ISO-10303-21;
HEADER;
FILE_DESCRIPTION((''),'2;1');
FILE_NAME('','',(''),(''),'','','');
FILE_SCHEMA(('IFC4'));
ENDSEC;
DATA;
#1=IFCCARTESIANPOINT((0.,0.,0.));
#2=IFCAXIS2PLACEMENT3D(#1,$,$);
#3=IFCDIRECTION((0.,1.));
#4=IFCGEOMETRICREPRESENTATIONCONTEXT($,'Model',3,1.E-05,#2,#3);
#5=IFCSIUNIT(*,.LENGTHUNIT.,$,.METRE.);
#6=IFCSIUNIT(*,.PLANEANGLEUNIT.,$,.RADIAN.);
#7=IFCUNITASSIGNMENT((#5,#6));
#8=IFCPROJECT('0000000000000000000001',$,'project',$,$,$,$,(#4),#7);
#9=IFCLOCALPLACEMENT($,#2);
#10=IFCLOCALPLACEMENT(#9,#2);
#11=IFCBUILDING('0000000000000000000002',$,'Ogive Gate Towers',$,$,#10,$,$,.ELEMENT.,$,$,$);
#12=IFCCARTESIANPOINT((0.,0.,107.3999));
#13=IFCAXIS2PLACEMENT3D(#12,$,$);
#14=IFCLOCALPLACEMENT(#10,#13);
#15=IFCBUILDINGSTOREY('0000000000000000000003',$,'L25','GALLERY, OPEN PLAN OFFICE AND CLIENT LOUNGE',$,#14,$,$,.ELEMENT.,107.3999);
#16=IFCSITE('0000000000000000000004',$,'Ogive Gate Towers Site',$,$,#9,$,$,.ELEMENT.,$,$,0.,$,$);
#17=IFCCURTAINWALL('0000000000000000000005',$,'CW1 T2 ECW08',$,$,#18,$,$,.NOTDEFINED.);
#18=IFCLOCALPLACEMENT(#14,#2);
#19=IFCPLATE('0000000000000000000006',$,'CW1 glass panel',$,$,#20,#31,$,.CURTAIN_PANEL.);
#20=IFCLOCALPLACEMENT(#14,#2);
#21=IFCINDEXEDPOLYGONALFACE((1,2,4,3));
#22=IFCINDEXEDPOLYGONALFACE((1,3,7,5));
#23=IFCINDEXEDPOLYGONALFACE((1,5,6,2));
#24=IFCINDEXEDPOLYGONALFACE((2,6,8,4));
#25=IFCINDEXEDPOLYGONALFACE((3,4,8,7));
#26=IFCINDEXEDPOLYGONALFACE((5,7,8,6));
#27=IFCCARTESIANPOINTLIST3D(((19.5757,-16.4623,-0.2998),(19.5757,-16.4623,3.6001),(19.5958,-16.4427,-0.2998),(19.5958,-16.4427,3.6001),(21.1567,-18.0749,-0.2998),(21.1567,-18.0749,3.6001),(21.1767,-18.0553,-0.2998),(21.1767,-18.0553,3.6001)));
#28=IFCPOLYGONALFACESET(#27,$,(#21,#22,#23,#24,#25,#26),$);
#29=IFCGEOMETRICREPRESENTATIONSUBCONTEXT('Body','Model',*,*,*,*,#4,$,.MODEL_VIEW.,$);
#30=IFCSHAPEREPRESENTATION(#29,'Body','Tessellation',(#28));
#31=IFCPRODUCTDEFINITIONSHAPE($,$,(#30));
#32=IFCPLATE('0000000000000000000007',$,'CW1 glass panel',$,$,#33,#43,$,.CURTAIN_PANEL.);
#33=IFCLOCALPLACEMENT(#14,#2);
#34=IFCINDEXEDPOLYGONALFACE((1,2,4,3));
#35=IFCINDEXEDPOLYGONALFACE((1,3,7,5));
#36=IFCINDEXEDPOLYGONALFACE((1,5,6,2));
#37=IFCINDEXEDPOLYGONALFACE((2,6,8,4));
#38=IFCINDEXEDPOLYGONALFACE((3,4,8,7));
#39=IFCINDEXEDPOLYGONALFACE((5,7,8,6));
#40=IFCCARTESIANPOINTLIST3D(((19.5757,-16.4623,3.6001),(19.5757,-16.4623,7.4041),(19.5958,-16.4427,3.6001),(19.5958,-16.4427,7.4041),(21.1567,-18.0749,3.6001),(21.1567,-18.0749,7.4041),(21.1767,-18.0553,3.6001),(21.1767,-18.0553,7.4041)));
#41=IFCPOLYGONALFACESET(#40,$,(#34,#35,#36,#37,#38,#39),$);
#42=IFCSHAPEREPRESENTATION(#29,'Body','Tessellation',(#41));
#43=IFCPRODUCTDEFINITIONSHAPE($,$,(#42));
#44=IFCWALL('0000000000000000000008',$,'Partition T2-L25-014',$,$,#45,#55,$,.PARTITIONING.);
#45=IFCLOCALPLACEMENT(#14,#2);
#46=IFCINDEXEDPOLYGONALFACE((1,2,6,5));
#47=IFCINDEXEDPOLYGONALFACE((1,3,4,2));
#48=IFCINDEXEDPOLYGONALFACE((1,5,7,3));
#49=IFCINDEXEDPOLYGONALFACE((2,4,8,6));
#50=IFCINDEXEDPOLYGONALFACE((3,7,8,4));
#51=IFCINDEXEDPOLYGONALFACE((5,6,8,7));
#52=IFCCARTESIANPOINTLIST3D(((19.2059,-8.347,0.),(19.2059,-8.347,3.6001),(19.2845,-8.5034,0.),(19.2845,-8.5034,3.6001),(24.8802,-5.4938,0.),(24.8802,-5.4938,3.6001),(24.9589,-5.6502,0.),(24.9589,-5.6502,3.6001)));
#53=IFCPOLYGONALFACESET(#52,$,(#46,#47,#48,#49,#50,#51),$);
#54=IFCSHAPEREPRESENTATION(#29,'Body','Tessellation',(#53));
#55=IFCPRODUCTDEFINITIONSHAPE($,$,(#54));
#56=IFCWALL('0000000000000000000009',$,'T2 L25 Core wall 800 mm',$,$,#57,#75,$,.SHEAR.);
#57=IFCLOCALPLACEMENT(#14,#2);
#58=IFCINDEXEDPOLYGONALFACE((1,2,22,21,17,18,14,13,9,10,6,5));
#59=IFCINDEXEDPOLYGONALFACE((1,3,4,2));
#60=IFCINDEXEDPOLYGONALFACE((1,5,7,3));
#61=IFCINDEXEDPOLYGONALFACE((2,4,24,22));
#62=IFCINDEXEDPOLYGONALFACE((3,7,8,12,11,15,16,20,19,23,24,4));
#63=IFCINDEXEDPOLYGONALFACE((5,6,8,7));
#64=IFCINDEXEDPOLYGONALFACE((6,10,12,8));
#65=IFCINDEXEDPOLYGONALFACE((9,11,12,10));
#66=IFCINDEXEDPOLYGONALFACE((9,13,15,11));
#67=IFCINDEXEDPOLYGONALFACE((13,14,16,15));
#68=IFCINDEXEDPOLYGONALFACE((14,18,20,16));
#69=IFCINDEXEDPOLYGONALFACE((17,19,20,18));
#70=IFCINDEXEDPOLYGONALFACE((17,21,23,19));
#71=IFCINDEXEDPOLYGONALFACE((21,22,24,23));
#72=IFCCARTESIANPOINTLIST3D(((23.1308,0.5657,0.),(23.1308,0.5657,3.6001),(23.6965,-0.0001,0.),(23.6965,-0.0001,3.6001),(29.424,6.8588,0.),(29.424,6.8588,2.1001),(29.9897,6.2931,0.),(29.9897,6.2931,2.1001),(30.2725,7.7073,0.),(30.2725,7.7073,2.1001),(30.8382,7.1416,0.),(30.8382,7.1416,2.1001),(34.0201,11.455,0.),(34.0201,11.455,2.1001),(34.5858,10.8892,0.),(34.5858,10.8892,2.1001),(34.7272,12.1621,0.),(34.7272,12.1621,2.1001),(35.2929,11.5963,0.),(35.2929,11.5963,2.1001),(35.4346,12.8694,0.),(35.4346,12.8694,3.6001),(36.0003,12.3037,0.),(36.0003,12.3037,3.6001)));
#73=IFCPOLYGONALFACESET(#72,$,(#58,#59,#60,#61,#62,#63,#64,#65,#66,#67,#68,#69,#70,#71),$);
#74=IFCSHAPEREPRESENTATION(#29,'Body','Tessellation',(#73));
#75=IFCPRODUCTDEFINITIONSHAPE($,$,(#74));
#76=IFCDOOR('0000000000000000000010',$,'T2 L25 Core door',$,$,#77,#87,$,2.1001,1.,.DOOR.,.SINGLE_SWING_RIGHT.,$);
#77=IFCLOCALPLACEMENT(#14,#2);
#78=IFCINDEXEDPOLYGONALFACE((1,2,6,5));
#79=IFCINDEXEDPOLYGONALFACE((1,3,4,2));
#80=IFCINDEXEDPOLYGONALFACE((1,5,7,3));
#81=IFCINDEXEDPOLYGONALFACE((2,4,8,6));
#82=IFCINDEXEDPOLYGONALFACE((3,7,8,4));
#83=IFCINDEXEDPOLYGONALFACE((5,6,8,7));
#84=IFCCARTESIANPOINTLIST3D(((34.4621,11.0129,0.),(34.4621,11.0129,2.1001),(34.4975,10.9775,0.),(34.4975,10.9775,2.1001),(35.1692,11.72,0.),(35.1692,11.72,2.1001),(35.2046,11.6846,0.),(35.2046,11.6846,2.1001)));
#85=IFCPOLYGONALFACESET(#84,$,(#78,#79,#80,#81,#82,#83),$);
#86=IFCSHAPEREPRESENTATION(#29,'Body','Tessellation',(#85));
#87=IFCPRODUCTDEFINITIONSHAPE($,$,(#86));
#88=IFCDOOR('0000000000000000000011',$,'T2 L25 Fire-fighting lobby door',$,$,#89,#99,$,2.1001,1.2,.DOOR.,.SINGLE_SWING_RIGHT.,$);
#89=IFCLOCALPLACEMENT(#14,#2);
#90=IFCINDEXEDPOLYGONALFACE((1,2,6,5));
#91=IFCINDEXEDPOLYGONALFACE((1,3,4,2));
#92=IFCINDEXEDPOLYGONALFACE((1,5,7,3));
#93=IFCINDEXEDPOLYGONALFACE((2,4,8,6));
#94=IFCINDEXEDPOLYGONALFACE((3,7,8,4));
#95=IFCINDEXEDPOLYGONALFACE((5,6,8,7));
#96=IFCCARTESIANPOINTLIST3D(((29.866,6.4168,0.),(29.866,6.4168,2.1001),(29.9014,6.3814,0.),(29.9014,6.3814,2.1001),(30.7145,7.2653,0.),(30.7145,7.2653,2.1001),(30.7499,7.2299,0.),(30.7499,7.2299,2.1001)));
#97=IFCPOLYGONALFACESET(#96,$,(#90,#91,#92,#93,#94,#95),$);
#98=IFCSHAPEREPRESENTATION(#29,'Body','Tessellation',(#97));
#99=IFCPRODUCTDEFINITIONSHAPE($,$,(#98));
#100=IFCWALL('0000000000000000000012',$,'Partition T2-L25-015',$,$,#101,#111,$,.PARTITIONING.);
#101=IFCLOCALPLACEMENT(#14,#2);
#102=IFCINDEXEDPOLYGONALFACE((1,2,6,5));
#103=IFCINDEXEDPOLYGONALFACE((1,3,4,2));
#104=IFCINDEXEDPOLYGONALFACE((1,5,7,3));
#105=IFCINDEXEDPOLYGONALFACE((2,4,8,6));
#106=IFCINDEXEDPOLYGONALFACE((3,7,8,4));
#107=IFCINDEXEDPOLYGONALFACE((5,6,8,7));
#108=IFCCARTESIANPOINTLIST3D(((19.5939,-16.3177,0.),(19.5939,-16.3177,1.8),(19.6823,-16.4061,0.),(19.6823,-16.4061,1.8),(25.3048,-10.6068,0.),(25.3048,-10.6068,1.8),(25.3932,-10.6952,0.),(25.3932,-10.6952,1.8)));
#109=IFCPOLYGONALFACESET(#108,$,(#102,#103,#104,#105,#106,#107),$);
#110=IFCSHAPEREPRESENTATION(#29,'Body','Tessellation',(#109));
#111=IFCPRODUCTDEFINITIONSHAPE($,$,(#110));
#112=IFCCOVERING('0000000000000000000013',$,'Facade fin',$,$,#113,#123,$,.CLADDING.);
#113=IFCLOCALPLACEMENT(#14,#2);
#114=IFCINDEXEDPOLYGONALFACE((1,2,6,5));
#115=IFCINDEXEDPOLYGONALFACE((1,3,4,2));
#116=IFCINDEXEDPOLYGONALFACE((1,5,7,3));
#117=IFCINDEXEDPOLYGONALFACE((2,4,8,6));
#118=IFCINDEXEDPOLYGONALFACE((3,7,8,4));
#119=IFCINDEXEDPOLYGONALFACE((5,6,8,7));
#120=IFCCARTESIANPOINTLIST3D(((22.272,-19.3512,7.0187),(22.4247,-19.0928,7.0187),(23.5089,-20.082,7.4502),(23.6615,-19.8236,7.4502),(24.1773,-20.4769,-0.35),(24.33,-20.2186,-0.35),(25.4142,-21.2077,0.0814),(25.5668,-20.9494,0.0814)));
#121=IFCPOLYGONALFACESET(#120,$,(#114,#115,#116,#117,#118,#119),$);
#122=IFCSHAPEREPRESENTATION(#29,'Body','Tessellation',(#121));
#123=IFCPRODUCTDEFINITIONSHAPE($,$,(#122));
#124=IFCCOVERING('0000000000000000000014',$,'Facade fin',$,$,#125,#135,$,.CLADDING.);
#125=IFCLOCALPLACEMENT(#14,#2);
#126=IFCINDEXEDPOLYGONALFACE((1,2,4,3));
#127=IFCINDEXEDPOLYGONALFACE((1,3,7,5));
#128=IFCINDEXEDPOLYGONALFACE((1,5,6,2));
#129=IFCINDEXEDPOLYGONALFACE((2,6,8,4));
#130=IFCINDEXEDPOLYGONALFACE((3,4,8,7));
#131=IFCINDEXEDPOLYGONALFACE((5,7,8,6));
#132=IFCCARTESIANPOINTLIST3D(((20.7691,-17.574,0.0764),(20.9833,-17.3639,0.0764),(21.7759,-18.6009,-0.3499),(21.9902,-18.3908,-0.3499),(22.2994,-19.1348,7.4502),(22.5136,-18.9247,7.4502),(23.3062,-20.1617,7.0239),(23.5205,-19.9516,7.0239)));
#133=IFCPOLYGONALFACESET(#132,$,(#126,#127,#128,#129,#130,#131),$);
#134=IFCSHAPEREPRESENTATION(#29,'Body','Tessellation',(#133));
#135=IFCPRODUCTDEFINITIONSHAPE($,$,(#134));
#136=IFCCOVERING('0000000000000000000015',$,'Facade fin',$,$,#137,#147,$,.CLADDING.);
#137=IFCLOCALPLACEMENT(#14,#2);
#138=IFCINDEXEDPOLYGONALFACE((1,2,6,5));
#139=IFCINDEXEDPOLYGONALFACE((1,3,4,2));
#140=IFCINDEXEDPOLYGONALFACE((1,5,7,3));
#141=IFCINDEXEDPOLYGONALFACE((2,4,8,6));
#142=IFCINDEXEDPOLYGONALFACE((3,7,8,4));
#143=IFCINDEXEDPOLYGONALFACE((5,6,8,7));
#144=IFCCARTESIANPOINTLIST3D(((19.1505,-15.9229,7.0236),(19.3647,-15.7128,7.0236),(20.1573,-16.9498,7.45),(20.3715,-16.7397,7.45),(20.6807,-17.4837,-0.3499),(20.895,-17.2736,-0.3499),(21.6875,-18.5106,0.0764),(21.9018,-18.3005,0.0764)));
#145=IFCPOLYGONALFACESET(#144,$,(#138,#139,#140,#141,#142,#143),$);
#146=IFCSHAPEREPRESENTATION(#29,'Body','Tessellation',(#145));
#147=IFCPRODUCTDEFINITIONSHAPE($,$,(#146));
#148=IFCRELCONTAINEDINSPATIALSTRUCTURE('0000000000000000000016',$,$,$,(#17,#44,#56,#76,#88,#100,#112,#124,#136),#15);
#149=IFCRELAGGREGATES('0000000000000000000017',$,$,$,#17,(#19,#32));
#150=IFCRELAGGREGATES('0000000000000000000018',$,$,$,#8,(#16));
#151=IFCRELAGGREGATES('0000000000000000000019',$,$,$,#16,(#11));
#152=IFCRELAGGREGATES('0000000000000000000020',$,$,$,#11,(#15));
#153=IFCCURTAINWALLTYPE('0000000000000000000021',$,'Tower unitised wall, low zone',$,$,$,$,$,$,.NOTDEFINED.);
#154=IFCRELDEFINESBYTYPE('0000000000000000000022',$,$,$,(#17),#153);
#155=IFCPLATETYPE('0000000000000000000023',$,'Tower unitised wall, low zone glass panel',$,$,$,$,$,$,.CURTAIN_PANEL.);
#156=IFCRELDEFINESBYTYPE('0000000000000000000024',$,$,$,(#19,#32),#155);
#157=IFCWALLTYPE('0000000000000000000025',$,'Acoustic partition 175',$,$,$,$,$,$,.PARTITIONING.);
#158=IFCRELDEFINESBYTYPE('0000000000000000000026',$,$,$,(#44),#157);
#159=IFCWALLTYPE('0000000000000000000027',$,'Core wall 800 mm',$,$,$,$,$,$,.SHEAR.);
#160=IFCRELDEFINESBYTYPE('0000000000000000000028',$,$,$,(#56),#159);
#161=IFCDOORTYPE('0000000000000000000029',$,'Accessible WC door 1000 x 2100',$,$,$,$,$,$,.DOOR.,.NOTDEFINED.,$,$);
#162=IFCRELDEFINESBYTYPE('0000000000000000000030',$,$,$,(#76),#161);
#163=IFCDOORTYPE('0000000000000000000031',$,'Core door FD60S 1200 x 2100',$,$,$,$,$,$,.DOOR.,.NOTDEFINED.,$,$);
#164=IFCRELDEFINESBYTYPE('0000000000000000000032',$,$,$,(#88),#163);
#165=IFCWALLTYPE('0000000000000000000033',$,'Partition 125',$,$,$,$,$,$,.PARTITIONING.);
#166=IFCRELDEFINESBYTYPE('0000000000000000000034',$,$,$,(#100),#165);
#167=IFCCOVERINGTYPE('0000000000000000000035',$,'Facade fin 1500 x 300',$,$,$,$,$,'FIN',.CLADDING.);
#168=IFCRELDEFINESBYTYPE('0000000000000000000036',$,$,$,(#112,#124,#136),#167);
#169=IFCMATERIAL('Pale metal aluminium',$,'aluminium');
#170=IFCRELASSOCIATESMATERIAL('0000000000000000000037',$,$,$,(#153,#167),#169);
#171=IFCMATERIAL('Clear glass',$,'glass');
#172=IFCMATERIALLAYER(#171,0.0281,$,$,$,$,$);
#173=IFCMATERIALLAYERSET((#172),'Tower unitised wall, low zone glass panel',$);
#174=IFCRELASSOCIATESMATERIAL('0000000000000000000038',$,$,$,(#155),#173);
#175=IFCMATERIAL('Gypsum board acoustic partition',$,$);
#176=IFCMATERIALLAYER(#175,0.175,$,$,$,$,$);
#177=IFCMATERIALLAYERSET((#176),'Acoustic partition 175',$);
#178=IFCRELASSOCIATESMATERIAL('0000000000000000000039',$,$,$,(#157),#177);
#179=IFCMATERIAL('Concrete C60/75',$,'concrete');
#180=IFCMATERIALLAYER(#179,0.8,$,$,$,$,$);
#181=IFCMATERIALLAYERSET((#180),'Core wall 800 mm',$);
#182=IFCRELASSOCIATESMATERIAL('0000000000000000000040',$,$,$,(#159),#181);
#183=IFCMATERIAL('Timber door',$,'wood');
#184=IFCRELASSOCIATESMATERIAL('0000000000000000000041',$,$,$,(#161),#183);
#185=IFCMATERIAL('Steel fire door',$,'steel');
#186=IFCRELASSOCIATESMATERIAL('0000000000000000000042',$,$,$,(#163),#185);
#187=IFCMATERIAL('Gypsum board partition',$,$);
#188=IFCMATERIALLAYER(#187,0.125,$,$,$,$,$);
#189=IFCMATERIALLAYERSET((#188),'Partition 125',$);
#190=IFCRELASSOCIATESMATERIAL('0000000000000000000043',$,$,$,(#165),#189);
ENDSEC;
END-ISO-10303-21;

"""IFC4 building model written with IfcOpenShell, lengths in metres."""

from ifc_helpers import new_model, si_unit, direction, frame, frame_2d, origin, origin_2d, place, context, subcontext, project, spatial, rectangle, extrude, material, layer, layer_set, material_profile, profile_set, type_object, element, fill, aggregate, save


model = new_model("IFC4")

# Units and contexts
model_context = context("Model", 3, precision=1e-05, world=origin(), true_north=direction((0.0, 1.0)))
body_context = subcontext(model_context, "Body", "Model", "MODEL_VIEW")
ifc_project = project(units=[si_unit("LENGTHUNIT", "METRE"), si_unit("PLANEANGLEUNIT", "RADIAN")], contexts=[model_context])

# Site, building, storey
site_placement = place(None, origin())
site = spatial("IfcSite", under=ifc_project, at=site_placement, Name="Ogive Gate Towers Site", CompositionType="ELEMENT", RefElevation=0.0)
building_placement = place(site_placement, origin())
building = spatial("IfcBuilding", under=site, at=building_placement, Name="Ogive Gate Towers", CompositionType="ELEMENT")
storey_placement = place(building_placement, frame((0.0, 0.0, 107.3999)))
storey = spatial("IfcBuildingStorey", under=building, at=storey_placement, Name="L25", Description="GALLERY, OPEN PLAN OFFICE AND CLIENT LOUNGE", CompositionType="ELEMENT", Elevation=107.3999)

# Shared definitions
ifc_material_1 = material(Name="Pale metal aluminium", Category="aluminium")

# Shared definitions
curtain_wall_type_1 = type_object("IfcCurtainWallType", Name="Tower unitised wall, low zone", PredefinedType="NOTDEFINED", material=ifc_material_1)

# Curtain wall
curtain_wall_1_placement = place(storey_placement, origin())
curtain_wall_1 = element("IfcCurtainWall", 1, at=curtain_wall_1_placement, inside=storey, type_object=curtain_wall_type_1, Name="CW1 T2 ECW08", PredefinedType="NOTDEFINED")

# Plates
ifc_material_2 = material(Name="Clear glass", Category="glass")
ifc_layer_1 = layer(ifc_material_2, 0.0281)
ifc_layer_set_1 = layer_set([ifc_layer_1], Name="Tower unitised wall, low zone glass panel")
plate_type_1 = type_object("IfcPlateType", Name="Tower unitised wall, low zone glass panel", PredefinedType="CURTAIN_PANEL", material=ifc_layer_set_1)
plate_1_placement = place(storey_placement, frame((20.3762, -17.2588, -0.2998), z_axis=(0.0, 0.0, 1.0), x_axis=(-0.700062, 0.714082, 0.0)))
plate_1 = element("IfcPlate", 2, at=plate_1_placement, type_object=plate_type_1, Name="CW1 glass panel", PredefinedType="CURTAIN_PANEL", context=body_context, shape_type="SweptSolid", body=[
    extrude(rectangle(XDim=2.2583, YDim=0.0281, at=origin_2d()), origin(), (0.0, 0.0, 1.0), 3.8999),
])
plate_2_placement = place(storey_placement, frame((20.3762, -17.2588, 3.6001), z_axis=(0.0, 0.0, 1.0), x_axis=(-0.700062, 0.714082, 0.0)))
plate_2 = element("IfcPlate", 3, at=plate_2_placement, type_object=plate_type_1, Name="CW1 glass panel", PredefinedType="CURTAIN_PANEL", context=body_context, shape_type="SweptSolid", body=[
    extrude(rectangle(XDim=2.2583, YDim=0.0281, at=origin_2d()), origin(), (0.0, 0.0, 1.0), 3.804),
])
aggregate(curtain_wall_1, [plate_1, plate_2])

# Wall
ifc_material_3 = material(Name="Gypsum board acoustic partition")
ifc_layer_2 = layer(ifc_material_3, 0.175)
ifc_layer_set_2 = layer_set([ifc_layer_2], Name="Acoustic partition 175")
wall_type_1 = type_object("IfcWallType", Name="Acoustic partition 175", PredefinedType="PARTITIONING", material=ifc_layer_set_2)
wall_1_placement = place(storey_placement, frame((19.2451, -8.4253, 0.0), z_axis=(0.0, 0.0, 1.0), x_axis=(0.89341, 0.449242, 0.0)))
element("IfcWall", 4, at=wall_1_placement, inside=storey, type_object=wall_type_1, Name="Partition T2-L25-014", PredefinedType="PARTITIONING", context=body_context, shape_type="SweptSolid", body=[
    extrude(rectangle(XDim=6.3513, YDim=0.175, at=frame_2d((3.1758, 0.0))), origin(), (0.0, 0.0, 1.0), 3.6001),
])

# Wall, openings, doors
ifc_material_4 = material(Name="Concrete C60/75", Category="concrete")
ifc_layer_3 = layer(ifc_material_4, 0.8)
ifc_layer_set_3 = layer_set([ifc_layer_3], Name="Core wall 800 mm")
wall_type_2 = type_object("IfcWallType", Name="Core wall 800 mm", PredefinedType="SHEAR", material=ifc_layer_set_3)
wall_2_placement = place(storey_placement, frame((23.4136, 0.2827, 0.0), z_axis=(0.0, 0.0, 1.0), x_axis=(0.707107, 0.707107, 0.0)))
wall_2 = element("IfcWall", 5, at=wall_2_placement, inside=storey, type_object=wall_type_2, Name="T2 L25 Core wall 800 mm", PredefinedType="SHEAR", context=body_context, shape_type="SweptSolid", body=[
    extrude(rectangle(XDim=17.4001, YDim=0.8, at=frame_2d((8.7002, 0.0))), origin(), (0.0, 0.0, 1.0), 3.6001),
])
opening_1_placement = place(wall_2_placement, frame((8.8999, 0.0, 0.0)))
opening_1 = element("IfcOpeningElement", 6, at=opening_1_placement, cuts=wall_2, PredefinedType="OPENING", context=body_context, shape_type="SweptSolid", body=[
    extrude(rectangle(XDim=1.2, YDim=2.1001, at=frame_2d((0.6001, 1.05))), frame((0.0, 0.4102, 0.0), z_axis=(0.0, -1.0, 0.0), x_axis=(1.0, 0.0, 0.0)), (0.0, 0.0, 1.0), 0.8201),
])
opening_2_placement = place(wall_2_placement, frame((15.3999, 0.0, 0.0)))
opening_2 = element("IfcOpeningElement", 7, at=opening_2_placement, cuts=wall_2, PredefinedType="OPENING", context=body_context, shape_type="SweptSolid", body=[
    extrude(rectangle(XDim=1.0, YDim=2.1001, at=frame_2d((0.5, 1.05))), frame((0.0, 0.4102, 0.0), z_axis=(0.0, -1.0, 0.0), x_axis=(1.0, 0.0, 0.0)), (0.0, 0.0, 1.0), 0.8201),
])
ifc_material_5 = material(Name="Timber door", Category="wood")
door_type_1 = type_object("IfcDoorType", Name="Accessible WC door 1000 x 2100", OperationType="NOTDEFINED", PredefinedType="DOOR", material=ifc_material_5)
door_1_placement = place(opening_2_placement, origin())
door_1 = element("IfcDoor", 8, at=door_1_placement, inside=storey, type_object=door_type_1, Name="T2 L25 Core door", OperationType="SINGLE_SWING_RIGHT", OverallHeight=2.1001, OverallWidth=1.0, PredefinedType="DOOR", context=body_context, shape_type="SweptSolid", body=[
    extrude(rectangle(XDim=1.0, YDim=2.1001, at=frame_2d((0.5, 1.05))), frame((0.0, -0.2251, 0.0), z_axis=(0.0, -1.0, 0.0), x_axis=(1.0, 0.0, 0.0)), (0.0, 0.0, 1.0), 0.05),
])
fill(opening_2, door_1)
ifc_material_6 = material(Name="Steel fire door", Category="steel")
door_type_2 = type_object("IfcDoorType", Name="Core door FD60S 1200 x 2100", OperationType="NOTDEFINED", PredefinedType="DOOR", material=ifc_material_6)
door_2_placement = place(opening_1_placement, origin())
door_2 = element("IfcDoor", 9, at=door_2_placement, inside=storey, type_object=door_type_2, Name="T2 L25 Fire-fighting lobby door", OperationType="SINGLE_SWING_RIGHT", OverallHeight=2.1001, OverallWidth=1.2, PredefinedType="DOOR", context=body_context, shape_type="SweptSolid", body=[
    extrude(rectangle(XDim=1.2, YDim=2.1001, at=frame_2d((0.6001, 1.05))), frame((0.0, -0.2251, 0.0), z_axis=(0.0, -1.0, 0.0), x_axis=(1.0, 0.0, 0.0)), (0.0, 0.0, 1.0), 0.05),
])
fill(opening_1, door_2)

# Wall
ifc_material_7 = material(Name="Gypsum board partition")
ifc_layer_4 = layer(ifc_material_7, 0.125)
ifc_layer_set_4 = layer_set([ifc_layer_4], Name="Partition 125")
wall_type_3 = type_object("IfcWallType", Name="Partition 125", PredefinedType="PARTITIONING", material=ifc_layer_set_4)
wall_3_placement = place(storey_placement, frame((19.6382, -16.3618, 0.0), z_axis=(0.0, 0.0, 1.0), x_axis=(0.707107, 0.707107, 0.0)))
element("IfcWall", 10, at=wall_3_placement, inside=storey, type_object=wall_type_3, Name="Partition T2-L25-015", PredefinedType="PARTITIONING", context=body_context, shape_type="SweptSolid", body=[
    extrude(rectangle(XDim=8.0764, YDim=0.125, at=frame_2d((4.0381, 0.0))), origin(), (0.0, 0.0, 1.0), 1.8),
])

# Coverings
ifc_material_profile_1 = material_profile(ifc_material_1, rectangle(XDim=0.3, YDim=1.5, at=origin_2d()), Name="1500 x 300 pale metal aluminium")
ifc_profile_set_1 = profile_set([ifc_material_profile_1], Name="Pale metal aluminium")
covering_type = type_object("IfcCoveringType", Name="Facade fin 1500 x 300", ElementType="FIN", PredefinedType="CLADDING", material=ifc_profile_set_1)
covering_1_placement = place(storey_placement, frame((24.8721, -20.7131, -0.1343), z_axis=(-0.247638, 0.146317, 0.95774), x_axis=(-0.508692, -0.860948, 0.0)))
element("IfcCovering", 11, at=covering_1_placement, inside=storey, type_object=covering_type, Name="Facade fin", PredefinedType="CLADDING", context=body_context, shape_type="SweptSolid", body=[
    extrude(rectangle(XDim=0.3, YDim=1.5, at=origin_2d()), origin(), (0.0, 0.0, 1.0), 7.6938),
])
covering_2_placement = place(storey_placement, frame((21.3796, -17.9824, -0.1367), z_axis=(0.198971, -0.202939, 0.958763), x_axis=(0.714053, 0.700092, 0.0)))
element("IfcCovering", 12, at=covering_2_placement, inside=storey, type_object=covering_type, Name="Facade fin", PredefinedType="CLADDING", context=body_context, shape_type="SweptSolid", body=[
    extrude(rectangle(XDim=0.3, YDim=1.5, at=origin_2d()), origin(), (0.0, 0.0, 1.0), 7.6909),
])
covering_3_placement = place(storey_placement, frame((21.2913, -17.8921, -0.1367), z_axis=(-0.198977, 0.202945, 0.95876), x_axis=(-0.714053, -0.700092, 0.0)))
element("IfcCovering", 13, at=covering_3_placement, inside=storey, type_object=covering_type, Name="Facade fin", PredefinedType="CLADDING", context=body_context, shape_type="SweptSolid", body=[
    extrude(rectangle(XDim=0.3, YDim=1.5, at=origin_2d()), origin(), (0.0, 0.0, 1.0), 7.6907),
])

save(model, "model.ifc")
